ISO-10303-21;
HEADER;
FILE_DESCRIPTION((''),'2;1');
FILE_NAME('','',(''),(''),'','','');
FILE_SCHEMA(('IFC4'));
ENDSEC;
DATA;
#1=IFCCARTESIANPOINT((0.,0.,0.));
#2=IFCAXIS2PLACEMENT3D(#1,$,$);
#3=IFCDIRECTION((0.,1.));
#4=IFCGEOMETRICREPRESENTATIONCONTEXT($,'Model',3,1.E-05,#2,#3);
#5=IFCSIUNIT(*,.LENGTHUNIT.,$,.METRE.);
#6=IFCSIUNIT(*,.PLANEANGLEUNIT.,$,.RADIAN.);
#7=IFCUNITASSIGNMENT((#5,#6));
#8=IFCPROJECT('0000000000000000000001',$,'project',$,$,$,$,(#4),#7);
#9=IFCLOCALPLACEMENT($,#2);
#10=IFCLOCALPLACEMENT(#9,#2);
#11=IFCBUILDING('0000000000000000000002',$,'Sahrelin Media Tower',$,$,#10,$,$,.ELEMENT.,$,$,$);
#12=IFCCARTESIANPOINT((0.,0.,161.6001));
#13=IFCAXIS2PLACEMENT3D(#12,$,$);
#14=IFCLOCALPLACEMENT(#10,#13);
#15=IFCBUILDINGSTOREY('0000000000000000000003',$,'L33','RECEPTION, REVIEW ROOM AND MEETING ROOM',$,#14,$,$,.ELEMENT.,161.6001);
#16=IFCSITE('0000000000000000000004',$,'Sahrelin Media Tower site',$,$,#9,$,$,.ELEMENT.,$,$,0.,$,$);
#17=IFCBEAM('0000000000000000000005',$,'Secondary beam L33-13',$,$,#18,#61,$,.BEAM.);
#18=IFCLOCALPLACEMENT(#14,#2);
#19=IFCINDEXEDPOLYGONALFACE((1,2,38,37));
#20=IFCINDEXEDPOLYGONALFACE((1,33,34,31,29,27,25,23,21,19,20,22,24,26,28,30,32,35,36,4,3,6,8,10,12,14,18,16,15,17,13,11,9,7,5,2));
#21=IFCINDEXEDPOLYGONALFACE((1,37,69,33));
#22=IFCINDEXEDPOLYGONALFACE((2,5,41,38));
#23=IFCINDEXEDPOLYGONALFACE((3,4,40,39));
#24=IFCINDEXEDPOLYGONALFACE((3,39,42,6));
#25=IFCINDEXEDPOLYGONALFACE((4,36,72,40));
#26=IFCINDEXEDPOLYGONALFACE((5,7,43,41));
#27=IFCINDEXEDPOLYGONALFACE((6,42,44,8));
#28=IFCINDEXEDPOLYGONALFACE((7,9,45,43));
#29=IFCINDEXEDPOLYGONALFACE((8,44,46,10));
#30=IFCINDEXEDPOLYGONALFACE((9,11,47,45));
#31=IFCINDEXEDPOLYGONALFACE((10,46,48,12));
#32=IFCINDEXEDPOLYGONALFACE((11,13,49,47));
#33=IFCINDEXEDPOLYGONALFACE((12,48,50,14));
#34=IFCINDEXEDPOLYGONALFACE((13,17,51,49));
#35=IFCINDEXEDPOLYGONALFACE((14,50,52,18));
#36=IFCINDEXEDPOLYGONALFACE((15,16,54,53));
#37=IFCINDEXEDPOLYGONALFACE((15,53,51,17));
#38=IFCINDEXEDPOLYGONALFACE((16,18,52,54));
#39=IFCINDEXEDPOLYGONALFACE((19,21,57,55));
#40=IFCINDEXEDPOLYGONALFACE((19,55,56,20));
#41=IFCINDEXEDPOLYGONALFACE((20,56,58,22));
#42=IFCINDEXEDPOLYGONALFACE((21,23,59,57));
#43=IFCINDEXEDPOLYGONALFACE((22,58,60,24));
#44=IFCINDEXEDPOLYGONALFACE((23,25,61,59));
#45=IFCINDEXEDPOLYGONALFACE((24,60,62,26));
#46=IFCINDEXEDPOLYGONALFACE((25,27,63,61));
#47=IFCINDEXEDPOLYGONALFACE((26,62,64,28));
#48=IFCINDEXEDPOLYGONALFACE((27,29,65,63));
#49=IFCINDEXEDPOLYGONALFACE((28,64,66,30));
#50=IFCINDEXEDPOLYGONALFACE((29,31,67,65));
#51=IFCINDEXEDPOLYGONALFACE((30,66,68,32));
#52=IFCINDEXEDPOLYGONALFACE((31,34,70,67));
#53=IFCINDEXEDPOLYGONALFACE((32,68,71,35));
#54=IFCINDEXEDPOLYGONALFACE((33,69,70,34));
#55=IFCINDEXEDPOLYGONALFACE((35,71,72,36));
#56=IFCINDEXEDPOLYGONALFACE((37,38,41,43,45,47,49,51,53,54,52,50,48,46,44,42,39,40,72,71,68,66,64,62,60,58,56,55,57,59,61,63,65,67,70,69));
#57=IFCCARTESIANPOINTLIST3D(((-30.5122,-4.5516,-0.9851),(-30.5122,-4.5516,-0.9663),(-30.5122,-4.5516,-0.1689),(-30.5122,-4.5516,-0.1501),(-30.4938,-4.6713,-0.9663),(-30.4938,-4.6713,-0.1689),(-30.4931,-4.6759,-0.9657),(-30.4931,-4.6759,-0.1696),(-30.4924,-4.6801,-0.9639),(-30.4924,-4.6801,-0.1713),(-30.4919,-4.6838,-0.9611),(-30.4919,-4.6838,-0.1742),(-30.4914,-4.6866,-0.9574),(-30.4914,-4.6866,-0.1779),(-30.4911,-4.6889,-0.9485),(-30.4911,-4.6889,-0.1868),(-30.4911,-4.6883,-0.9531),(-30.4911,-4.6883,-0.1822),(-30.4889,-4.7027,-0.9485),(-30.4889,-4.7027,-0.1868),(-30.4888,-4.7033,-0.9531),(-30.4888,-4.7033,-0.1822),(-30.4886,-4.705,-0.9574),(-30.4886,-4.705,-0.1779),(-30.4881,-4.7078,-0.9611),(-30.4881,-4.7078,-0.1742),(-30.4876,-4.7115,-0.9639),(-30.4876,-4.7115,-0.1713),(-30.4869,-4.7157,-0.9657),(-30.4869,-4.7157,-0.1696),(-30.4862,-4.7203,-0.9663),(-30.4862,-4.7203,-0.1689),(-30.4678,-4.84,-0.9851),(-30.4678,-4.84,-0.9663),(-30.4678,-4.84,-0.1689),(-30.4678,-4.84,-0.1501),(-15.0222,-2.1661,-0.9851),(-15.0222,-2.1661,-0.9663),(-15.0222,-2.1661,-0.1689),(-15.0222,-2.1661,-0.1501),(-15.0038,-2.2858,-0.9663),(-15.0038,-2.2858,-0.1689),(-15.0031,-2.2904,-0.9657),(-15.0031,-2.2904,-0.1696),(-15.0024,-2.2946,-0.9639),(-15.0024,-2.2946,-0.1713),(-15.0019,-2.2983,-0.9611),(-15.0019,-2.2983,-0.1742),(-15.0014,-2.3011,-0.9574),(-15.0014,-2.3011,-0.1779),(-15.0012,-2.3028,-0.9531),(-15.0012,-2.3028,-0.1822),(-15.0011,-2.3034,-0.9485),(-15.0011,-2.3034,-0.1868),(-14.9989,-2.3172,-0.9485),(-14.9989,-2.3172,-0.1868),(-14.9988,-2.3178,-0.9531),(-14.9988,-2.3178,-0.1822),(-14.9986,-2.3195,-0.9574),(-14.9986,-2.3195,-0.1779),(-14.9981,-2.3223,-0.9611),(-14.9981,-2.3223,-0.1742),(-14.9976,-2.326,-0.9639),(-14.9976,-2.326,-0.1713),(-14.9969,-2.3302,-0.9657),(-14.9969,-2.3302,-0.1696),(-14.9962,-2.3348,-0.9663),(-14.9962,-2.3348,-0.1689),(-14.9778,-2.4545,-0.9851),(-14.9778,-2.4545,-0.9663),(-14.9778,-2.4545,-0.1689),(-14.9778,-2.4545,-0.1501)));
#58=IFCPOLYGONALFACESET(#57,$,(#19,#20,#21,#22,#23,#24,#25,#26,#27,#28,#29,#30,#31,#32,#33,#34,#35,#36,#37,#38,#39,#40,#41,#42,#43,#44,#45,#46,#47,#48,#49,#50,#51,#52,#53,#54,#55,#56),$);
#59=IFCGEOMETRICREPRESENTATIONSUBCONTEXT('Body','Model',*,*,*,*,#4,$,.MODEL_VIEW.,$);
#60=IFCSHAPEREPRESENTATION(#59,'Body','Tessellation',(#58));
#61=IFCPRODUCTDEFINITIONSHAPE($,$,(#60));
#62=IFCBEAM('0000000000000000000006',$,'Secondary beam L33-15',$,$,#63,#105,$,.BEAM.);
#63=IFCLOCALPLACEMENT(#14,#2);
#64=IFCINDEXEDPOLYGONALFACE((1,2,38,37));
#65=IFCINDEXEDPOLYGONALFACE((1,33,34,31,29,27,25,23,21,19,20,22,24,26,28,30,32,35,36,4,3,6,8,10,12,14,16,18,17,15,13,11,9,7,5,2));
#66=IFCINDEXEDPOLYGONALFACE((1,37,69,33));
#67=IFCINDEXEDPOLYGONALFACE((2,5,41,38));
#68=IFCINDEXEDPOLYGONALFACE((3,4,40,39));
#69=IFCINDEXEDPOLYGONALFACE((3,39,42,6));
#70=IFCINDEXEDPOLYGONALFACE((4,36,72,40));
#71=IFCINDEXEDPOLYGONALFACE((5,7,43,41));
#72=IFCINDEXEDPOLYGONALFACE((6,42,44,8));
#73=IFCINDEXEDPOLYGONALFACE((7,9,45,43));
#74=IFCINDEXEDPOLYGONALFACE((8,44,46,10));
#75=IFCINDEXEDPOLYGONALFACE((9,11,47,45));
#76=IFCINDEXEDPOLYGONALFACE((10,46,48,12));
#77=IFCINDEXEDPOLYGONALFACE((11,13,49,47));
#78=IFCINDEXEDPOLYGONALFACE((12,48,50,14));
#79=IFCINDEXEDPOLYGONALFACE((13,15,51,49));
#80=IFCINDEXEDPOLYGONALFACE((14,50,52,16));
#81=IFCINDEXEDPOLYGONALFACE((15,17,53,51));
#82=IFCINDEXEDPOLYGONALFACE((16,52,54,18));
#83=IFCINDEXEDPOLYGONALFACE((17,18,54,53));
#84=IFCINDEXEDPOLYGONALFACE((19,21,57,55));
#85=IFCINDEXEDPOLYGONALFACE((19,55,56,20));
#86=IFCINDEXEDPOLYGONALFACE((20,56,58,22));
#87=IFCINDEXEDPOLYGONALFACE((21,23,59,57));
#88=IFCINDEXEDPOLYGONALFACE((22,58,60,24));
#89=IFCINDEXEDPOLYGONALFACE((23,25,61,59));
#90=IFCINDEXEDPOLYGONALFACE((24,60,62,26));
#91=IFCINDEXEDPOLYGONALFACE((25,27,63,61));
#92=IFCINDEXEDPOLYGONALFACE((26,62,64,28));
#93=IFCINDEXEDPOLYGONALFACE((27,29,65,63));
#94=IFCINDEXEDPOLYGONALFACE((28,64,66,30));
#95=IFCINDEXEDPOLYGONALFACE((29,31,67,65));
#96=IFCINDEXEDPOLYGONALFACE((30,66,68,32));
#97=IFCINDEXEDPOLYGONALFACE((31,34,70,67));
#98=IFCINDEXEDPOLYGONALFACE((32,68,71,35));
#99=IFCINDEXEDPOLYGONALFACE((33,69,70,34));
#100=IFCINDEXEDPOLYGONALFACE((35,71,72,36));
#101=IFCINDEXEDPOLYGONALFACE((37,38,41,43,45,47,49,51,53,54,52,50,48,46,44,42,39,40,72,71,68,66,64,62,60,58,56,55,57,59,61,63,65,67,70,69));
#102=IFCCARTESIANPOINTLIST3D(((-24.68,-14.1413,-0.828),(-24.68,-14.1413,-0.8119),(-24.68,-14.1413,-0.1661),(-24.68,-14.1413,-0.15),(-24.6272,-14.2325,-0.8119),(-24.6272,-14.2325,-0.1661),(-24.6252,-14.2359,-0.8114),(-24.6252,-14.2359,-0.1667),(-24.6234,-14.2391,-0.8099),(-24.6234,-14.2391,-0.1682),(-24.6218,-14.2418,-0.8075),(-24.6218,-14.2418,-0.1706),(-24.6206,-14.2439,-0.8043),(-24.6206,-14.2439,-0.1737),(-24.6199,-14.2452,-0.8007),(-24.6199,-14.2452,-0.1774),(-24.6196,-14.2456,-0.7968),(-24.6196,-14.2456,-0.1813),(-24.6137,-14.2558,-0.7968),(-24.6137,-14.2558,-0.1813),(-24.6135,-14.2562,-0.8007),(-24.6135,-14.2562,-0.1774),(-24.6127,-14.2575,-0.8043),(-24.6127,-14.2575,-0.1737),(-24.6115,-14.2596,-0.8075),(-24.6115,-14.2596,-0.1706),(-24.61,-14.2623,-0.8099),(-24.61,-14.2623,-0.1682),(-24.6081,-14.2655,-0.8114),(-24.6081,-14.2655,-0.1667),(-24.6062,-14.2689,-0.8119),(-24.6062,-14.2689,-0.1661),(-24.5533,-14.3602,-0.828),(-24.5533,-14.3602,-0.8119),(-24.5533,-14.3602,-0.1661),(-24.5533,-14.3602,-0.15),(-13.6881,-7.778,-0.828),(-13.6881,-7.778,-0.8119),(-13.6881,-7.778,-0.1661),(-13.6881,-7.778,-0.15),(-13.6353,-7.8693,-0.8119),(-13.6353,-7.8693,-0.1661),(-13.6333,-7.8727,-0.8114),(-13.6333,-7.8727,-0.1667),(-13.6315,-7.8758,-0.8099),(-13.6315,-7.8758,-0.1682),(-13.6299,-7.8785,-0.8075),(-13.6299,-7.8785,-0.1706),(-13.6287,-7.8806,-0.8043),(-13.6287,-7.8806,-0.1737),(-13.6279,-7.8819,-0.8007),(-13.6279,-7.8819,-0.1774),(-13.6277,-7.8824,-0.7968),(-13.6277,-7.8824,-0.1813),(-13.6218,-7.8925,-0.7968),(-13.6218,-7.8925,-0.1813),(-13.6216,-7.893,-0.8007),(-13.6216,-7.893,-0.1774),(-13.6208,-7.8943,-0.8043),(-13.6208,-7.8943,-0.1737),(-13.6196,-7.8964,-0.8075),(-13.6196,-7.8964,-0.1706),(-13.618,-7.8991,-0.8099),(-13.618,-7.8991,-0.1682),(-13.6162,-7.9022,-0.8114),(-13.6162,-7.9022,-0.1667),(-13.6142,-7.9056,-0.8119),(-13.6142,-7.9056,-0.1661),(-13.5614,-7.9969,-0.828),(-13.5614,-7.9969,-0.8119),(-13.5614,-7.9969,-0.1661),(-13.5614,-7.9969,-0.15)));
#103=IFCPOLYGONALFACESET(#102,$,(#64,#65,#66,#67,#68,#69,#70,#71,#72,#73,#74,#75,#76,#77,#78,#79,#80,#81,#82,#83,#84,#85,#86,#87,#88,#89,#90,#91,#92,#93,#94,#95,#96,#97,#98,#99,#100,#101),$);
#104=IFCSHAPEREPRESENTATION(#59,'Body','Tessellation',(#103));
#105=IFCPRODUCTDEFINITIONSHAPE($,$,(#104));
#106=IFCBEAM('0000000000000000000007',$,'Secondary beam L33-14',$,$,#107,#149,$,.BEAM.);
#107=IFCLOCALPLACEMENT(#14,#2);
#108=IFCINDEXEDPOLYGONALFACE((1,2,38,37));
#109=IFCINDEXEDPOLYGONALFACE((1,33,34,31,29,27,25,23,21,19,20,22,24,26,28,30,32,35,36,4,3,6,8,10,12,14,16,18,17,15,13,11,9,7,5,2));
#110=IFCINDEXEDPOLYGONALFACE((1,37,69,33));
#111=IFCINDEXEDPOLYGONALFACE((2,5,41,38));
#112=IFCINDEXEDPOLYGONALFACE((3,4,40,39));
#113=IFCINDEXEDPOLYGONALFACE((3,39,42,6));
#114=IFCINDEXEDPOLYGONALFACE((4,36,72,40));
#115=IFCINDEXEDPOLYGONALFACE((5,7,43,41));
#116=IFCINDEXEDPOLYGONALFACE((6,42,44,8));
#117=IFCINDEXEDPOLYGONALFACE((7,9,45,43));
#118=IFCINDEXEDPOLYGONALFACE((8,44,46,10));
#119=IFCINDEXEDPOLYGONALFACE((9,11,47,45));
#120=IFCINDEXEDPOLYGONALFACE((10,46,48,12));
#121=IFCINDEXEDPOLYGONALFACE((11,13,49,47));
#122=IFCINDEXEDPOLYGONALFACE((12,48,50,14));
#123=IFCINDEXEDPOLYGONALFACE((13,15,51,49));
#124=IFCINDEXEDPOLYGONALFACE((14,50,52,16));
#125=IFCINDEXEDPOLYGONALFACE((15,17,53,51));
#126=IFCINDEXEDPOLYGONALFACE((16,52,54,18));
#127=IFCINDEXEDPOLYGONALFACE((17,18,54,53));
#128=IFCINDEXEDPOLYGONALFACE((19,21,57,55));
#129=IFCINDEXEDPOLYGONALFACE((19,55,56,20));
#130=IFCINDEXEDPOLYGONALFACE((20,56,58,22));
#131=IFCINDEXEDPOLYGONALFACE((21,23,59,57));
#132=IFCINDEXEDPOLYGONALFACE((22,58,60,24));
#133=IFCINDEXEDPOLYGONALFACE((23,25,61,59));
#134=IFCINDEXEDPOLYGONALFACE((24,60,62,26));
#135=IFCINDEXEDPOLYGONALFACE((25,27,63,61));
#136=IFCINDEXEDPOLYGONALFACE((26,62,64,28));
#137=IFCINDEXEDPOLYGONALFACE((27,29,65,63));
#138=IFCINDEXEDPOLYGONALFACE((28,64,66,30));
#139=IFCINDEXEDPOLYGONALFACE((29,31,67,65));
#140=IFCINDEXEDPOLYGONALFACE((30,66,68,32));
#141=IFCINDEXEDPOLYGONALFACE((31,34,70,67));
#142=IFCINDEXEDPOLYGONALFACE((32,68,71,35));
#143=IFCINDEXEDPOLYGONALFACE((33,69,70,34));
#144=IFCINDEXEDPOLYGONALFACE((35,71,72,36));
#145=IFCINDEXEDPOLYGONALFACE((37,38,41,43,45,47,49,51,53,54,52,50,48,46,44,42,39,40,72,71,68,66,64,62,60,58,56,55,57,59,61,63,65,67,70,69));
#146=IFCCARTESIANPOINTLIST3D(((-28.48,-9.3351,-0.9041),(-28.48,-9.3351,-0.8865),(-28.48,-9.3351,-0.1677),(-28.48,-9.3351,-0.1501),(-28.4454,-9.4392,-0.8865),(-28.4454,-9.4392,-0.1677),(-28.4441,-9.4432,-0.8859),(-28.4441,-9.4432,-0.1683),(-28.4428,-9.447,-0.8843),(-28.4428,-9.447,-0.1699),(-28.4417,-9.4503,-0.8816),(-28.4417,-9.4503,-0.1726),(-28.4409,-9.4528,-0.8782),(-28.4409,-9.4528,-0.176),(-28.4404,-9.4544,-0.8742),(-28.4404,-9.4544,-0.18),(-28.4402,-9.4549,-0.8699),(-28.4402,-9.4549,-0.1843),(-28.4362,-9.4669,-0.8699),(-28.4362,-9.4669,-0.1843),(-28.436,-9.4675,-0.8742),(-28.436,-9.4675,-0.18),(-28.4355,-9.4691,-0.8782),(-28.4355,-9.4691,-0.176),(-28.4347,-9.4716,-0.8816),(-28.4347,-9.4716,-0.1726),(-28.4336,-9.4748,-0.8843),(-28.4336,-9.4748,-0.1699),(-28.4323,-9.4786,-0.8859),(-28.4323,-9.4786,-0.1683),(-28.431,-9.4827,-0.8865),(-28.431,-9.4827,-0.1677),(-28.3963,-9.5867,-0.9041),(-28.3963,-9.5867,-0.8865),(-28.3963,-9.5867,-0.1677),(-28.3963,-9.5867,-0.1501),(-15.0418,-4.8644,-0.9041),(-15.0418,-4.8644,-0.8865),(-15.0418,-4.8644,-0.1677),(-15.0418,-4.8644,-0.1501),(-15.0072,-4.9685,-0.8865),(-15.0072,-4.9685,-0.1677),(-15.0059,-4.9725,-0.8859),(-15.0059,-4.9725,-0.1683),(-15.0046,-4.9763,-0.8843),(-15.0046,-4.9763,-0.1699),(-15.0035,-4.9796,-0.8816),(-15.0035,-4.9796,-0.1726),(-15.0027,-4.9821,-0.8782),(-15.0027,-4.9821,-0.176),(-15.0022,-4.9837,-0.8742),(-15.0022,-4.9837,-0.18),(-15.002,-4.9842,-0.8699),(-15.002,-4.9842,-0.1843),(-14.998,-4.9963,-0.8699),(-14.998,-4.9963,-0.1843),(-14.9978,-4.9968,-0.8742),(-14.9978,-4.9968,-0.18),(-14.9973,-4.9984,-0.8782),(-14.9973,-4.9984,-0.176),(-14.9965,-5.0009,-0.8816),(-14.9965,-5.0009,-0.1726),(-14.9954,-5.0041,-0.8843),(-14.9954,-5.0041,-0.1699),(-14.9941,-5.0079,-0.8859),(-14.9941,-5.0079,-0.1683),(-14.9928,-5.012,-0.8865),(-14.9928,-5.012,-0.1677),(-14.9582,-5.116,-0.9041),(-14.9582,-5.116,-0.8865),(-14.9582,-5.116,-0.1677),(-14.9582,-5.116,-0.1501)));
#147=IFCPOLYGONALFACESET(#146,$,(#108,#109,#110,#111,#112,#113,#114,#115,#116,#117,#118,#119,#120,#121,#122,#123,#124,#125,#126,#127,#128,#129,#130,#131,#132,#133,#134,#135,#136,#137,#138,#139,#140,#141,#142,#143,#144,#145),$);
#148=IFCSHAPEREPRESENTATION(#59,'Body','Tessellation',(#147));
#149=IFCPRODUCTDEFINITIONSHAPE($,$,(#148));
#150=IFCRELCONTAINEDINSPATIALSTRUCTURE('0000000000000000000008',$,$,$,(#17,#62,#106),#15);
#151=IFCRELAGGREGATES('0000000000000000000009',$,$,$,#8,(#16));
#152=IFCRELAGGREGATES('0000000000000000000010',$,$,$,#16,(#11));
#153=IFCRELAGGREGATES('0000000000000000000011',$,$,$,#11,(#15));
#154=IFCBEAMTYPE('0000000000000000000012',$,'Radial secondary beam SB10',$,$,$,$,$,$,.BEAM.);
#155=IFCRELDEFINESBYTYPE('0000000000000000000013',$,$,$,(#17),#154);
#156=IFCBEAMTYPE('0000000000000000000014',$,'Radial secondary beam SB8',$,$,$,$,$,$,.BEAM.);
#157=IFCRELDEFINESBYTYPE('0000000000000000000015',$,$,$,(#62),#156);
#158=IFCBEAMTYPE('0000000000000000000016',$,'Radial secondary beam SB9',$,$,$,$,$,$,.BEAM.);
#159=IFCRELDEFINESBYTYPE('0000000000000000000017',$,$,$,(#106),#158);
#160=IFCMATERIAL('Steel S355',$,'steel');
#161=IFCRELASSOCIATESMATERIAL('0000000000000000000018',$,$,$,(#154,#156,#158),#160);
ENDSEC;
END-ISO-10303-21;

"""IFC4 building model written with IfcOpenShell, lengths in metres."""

from ifc_helpers import new_model, si_unit, direction, frame, origin, origin_2d, place, context, subcontext, project, spatial, i_section, extrude, material, material_profile, profile_set, type_object, element, save


model = new_model("IFC4")

# Units and contexts
model_context = context("Model", 3, precision=1e-05, world=origin(), true_north=direction((0.0, 1.0)))
body_context = subcontext(model_context, "Body", "Model", "MODEL_VIEW")
ifc_project = project(units=[si_unit("LENGTHUNIT", "METRE"), si_unit("PLANEANGLEUNIT", "RADIAN")], contexts=[model_context])

# Site, building, storey
site_placement = place(None, origin())
site = spatial("IfcSite", under=ifc_project, at=site_placement, Name="Sahrelin Media Tower site", CompositionType="ELEMENT", RefElevation=0.0)
building_placement = place(site_placement, origin())
building = spatial("IfcBuilding", under=site, at=building_placement, Name="Sahrelin Media Tower", CompositionType="ELEMENT")
storey_placement = place(building_placement, frame((0.0, 0.0, 161.6001)))
storey = spatial("IfcBuildingStorey", under=building, at=storey_placement, Name="L33", Description="RECEPTION, REVIEW ROOM AND MEETING ROOM", CompositionType="ELEMENT", Elevation=161.6001)

# Beams
ifc_material_1 = material(Name="Steel S355", Category="steel")
ifc_material_profile_1 = material_profile(ifc_material_1, i_section(OverallWidth=0.2917, OverallDepth=0.835, WebThickness=0.0139, FlangeThickness=0.0188, FilletRadius=0.0178, at=origin_2d()), Name="UB 838x292x176")
ifc_profile_set_1 = profile_set([ifc_material_profile_1], Name="Steel S355")
beam_type_1 = type_object("IfcBeamType", Name="Radial secondary beam SB10", PredefinedType="BEAM", material=ifc_profile_set_1)
beam_1_placement = place(storey_placement, frame((-15.0, -2.3103, -0.5676), z_axis=(-0.988348, -0.152208, 0.0), x_axis=(0.152208, -0.988348, 0.0)))
element("IfcBeam", 1, at=beam_1_placement, inside=storey, type_object=beam_type_1, Name="Secondary beam L33-13", PredefinedType="BEAM", context=body_context, shape_type="SweptSolid", body=[
    extrude(i_section(OverallWidth=0.2917, OverallDepth=0.835, WebThickness=0.0139, FlangeThickness=0.0188, FilletRadius=0.0178, at=origin_2d()), origin(), (0.0, 0.0, 1.0), 15.6726),
])
ifc_material_profile_2 = material_profile(ifc_material_1, i_section(OverallWidth=0.2529, OverallDepth=0.678, WebThickness=0.0117, FlangeThickness=0.0161, FilletRadius=0.0151, at=origin_2d()), Name="UB 686x254x125")
ifc_profile_set_2 = profile_set([ifc_material_profile_2], Name="Steel S355")
beam_type_2 = type_object("IfcBeamType", Name="Radial secondary beam SB8", PredefinedType="BEAM", material=ifc_profile_set_2)
beam_2_placement = place(storey_placement, frame((-13.6248, -7.8875, -0.489), z_axis=(-0.865443, -0.501008, 0.0), x_axis=(0.501008, -0.865443, 0.0)))
element("IfcBeam", 2, at=beam_2_placement, inside=storey, type_object=beam_type_2, Name="Secondary beam L33-15", PredefinedType="BEAM", context=body_context, shape_type="SweptSolid", body=[
    extrude(i_section(OverallWidth=0.2529, OverallDepth=0.678, WebThickness=0.0117, FlangeThickness=0.0161, FilletRadius=0.0151, at=origin_2d()), origin(), (0.0, 0.0, 1.0), 12.7009),
])
ifc_material_profile_3 = material_profile(ifc_material_1, i_section(OverallWidth=0.2651, OverallDepth=0.7539, WebThickness=0.0127, FlangeThickness=0.0176, FilletRadius=0.0166, at=origin_2d()), Name="UB 762x267x147")
ifc_profile_set_3 = profile_set([ifc_material_profile_3], Name="Steel S355")
beam_type_3 = type_object("IfcBeamType", Name="Radial secondary beam SB9", PredefinedType="BEAM", material=ifc_profile_set_3)
beam_3_placement = place(storey_placement, frame((-15.0, -4.9902, -0.5271), z_axis=(-0.948868, -0.315674, 0.0), x_axis=(0.315674, -0.948868, 0.0)))
element("IfcBeam", 3, at=beam_3_placement, inside=storey, type_object=beam_type_3, Name="Secondary beam L33-14", PredefinedType="BEAM", context=body_context, shape_type="SweptSolid", body=[
    extrude(i_section(OverallWidth=0.2651, OverallDepth=0.7539, WebThickness=0.0127, FlangeThickness=0.0176, FilletRadius=0.0166, at=origin_2d()), origin(), (0.0, 0.0, 1.0), 14.1624),
])

save(model, "model.ifc")
